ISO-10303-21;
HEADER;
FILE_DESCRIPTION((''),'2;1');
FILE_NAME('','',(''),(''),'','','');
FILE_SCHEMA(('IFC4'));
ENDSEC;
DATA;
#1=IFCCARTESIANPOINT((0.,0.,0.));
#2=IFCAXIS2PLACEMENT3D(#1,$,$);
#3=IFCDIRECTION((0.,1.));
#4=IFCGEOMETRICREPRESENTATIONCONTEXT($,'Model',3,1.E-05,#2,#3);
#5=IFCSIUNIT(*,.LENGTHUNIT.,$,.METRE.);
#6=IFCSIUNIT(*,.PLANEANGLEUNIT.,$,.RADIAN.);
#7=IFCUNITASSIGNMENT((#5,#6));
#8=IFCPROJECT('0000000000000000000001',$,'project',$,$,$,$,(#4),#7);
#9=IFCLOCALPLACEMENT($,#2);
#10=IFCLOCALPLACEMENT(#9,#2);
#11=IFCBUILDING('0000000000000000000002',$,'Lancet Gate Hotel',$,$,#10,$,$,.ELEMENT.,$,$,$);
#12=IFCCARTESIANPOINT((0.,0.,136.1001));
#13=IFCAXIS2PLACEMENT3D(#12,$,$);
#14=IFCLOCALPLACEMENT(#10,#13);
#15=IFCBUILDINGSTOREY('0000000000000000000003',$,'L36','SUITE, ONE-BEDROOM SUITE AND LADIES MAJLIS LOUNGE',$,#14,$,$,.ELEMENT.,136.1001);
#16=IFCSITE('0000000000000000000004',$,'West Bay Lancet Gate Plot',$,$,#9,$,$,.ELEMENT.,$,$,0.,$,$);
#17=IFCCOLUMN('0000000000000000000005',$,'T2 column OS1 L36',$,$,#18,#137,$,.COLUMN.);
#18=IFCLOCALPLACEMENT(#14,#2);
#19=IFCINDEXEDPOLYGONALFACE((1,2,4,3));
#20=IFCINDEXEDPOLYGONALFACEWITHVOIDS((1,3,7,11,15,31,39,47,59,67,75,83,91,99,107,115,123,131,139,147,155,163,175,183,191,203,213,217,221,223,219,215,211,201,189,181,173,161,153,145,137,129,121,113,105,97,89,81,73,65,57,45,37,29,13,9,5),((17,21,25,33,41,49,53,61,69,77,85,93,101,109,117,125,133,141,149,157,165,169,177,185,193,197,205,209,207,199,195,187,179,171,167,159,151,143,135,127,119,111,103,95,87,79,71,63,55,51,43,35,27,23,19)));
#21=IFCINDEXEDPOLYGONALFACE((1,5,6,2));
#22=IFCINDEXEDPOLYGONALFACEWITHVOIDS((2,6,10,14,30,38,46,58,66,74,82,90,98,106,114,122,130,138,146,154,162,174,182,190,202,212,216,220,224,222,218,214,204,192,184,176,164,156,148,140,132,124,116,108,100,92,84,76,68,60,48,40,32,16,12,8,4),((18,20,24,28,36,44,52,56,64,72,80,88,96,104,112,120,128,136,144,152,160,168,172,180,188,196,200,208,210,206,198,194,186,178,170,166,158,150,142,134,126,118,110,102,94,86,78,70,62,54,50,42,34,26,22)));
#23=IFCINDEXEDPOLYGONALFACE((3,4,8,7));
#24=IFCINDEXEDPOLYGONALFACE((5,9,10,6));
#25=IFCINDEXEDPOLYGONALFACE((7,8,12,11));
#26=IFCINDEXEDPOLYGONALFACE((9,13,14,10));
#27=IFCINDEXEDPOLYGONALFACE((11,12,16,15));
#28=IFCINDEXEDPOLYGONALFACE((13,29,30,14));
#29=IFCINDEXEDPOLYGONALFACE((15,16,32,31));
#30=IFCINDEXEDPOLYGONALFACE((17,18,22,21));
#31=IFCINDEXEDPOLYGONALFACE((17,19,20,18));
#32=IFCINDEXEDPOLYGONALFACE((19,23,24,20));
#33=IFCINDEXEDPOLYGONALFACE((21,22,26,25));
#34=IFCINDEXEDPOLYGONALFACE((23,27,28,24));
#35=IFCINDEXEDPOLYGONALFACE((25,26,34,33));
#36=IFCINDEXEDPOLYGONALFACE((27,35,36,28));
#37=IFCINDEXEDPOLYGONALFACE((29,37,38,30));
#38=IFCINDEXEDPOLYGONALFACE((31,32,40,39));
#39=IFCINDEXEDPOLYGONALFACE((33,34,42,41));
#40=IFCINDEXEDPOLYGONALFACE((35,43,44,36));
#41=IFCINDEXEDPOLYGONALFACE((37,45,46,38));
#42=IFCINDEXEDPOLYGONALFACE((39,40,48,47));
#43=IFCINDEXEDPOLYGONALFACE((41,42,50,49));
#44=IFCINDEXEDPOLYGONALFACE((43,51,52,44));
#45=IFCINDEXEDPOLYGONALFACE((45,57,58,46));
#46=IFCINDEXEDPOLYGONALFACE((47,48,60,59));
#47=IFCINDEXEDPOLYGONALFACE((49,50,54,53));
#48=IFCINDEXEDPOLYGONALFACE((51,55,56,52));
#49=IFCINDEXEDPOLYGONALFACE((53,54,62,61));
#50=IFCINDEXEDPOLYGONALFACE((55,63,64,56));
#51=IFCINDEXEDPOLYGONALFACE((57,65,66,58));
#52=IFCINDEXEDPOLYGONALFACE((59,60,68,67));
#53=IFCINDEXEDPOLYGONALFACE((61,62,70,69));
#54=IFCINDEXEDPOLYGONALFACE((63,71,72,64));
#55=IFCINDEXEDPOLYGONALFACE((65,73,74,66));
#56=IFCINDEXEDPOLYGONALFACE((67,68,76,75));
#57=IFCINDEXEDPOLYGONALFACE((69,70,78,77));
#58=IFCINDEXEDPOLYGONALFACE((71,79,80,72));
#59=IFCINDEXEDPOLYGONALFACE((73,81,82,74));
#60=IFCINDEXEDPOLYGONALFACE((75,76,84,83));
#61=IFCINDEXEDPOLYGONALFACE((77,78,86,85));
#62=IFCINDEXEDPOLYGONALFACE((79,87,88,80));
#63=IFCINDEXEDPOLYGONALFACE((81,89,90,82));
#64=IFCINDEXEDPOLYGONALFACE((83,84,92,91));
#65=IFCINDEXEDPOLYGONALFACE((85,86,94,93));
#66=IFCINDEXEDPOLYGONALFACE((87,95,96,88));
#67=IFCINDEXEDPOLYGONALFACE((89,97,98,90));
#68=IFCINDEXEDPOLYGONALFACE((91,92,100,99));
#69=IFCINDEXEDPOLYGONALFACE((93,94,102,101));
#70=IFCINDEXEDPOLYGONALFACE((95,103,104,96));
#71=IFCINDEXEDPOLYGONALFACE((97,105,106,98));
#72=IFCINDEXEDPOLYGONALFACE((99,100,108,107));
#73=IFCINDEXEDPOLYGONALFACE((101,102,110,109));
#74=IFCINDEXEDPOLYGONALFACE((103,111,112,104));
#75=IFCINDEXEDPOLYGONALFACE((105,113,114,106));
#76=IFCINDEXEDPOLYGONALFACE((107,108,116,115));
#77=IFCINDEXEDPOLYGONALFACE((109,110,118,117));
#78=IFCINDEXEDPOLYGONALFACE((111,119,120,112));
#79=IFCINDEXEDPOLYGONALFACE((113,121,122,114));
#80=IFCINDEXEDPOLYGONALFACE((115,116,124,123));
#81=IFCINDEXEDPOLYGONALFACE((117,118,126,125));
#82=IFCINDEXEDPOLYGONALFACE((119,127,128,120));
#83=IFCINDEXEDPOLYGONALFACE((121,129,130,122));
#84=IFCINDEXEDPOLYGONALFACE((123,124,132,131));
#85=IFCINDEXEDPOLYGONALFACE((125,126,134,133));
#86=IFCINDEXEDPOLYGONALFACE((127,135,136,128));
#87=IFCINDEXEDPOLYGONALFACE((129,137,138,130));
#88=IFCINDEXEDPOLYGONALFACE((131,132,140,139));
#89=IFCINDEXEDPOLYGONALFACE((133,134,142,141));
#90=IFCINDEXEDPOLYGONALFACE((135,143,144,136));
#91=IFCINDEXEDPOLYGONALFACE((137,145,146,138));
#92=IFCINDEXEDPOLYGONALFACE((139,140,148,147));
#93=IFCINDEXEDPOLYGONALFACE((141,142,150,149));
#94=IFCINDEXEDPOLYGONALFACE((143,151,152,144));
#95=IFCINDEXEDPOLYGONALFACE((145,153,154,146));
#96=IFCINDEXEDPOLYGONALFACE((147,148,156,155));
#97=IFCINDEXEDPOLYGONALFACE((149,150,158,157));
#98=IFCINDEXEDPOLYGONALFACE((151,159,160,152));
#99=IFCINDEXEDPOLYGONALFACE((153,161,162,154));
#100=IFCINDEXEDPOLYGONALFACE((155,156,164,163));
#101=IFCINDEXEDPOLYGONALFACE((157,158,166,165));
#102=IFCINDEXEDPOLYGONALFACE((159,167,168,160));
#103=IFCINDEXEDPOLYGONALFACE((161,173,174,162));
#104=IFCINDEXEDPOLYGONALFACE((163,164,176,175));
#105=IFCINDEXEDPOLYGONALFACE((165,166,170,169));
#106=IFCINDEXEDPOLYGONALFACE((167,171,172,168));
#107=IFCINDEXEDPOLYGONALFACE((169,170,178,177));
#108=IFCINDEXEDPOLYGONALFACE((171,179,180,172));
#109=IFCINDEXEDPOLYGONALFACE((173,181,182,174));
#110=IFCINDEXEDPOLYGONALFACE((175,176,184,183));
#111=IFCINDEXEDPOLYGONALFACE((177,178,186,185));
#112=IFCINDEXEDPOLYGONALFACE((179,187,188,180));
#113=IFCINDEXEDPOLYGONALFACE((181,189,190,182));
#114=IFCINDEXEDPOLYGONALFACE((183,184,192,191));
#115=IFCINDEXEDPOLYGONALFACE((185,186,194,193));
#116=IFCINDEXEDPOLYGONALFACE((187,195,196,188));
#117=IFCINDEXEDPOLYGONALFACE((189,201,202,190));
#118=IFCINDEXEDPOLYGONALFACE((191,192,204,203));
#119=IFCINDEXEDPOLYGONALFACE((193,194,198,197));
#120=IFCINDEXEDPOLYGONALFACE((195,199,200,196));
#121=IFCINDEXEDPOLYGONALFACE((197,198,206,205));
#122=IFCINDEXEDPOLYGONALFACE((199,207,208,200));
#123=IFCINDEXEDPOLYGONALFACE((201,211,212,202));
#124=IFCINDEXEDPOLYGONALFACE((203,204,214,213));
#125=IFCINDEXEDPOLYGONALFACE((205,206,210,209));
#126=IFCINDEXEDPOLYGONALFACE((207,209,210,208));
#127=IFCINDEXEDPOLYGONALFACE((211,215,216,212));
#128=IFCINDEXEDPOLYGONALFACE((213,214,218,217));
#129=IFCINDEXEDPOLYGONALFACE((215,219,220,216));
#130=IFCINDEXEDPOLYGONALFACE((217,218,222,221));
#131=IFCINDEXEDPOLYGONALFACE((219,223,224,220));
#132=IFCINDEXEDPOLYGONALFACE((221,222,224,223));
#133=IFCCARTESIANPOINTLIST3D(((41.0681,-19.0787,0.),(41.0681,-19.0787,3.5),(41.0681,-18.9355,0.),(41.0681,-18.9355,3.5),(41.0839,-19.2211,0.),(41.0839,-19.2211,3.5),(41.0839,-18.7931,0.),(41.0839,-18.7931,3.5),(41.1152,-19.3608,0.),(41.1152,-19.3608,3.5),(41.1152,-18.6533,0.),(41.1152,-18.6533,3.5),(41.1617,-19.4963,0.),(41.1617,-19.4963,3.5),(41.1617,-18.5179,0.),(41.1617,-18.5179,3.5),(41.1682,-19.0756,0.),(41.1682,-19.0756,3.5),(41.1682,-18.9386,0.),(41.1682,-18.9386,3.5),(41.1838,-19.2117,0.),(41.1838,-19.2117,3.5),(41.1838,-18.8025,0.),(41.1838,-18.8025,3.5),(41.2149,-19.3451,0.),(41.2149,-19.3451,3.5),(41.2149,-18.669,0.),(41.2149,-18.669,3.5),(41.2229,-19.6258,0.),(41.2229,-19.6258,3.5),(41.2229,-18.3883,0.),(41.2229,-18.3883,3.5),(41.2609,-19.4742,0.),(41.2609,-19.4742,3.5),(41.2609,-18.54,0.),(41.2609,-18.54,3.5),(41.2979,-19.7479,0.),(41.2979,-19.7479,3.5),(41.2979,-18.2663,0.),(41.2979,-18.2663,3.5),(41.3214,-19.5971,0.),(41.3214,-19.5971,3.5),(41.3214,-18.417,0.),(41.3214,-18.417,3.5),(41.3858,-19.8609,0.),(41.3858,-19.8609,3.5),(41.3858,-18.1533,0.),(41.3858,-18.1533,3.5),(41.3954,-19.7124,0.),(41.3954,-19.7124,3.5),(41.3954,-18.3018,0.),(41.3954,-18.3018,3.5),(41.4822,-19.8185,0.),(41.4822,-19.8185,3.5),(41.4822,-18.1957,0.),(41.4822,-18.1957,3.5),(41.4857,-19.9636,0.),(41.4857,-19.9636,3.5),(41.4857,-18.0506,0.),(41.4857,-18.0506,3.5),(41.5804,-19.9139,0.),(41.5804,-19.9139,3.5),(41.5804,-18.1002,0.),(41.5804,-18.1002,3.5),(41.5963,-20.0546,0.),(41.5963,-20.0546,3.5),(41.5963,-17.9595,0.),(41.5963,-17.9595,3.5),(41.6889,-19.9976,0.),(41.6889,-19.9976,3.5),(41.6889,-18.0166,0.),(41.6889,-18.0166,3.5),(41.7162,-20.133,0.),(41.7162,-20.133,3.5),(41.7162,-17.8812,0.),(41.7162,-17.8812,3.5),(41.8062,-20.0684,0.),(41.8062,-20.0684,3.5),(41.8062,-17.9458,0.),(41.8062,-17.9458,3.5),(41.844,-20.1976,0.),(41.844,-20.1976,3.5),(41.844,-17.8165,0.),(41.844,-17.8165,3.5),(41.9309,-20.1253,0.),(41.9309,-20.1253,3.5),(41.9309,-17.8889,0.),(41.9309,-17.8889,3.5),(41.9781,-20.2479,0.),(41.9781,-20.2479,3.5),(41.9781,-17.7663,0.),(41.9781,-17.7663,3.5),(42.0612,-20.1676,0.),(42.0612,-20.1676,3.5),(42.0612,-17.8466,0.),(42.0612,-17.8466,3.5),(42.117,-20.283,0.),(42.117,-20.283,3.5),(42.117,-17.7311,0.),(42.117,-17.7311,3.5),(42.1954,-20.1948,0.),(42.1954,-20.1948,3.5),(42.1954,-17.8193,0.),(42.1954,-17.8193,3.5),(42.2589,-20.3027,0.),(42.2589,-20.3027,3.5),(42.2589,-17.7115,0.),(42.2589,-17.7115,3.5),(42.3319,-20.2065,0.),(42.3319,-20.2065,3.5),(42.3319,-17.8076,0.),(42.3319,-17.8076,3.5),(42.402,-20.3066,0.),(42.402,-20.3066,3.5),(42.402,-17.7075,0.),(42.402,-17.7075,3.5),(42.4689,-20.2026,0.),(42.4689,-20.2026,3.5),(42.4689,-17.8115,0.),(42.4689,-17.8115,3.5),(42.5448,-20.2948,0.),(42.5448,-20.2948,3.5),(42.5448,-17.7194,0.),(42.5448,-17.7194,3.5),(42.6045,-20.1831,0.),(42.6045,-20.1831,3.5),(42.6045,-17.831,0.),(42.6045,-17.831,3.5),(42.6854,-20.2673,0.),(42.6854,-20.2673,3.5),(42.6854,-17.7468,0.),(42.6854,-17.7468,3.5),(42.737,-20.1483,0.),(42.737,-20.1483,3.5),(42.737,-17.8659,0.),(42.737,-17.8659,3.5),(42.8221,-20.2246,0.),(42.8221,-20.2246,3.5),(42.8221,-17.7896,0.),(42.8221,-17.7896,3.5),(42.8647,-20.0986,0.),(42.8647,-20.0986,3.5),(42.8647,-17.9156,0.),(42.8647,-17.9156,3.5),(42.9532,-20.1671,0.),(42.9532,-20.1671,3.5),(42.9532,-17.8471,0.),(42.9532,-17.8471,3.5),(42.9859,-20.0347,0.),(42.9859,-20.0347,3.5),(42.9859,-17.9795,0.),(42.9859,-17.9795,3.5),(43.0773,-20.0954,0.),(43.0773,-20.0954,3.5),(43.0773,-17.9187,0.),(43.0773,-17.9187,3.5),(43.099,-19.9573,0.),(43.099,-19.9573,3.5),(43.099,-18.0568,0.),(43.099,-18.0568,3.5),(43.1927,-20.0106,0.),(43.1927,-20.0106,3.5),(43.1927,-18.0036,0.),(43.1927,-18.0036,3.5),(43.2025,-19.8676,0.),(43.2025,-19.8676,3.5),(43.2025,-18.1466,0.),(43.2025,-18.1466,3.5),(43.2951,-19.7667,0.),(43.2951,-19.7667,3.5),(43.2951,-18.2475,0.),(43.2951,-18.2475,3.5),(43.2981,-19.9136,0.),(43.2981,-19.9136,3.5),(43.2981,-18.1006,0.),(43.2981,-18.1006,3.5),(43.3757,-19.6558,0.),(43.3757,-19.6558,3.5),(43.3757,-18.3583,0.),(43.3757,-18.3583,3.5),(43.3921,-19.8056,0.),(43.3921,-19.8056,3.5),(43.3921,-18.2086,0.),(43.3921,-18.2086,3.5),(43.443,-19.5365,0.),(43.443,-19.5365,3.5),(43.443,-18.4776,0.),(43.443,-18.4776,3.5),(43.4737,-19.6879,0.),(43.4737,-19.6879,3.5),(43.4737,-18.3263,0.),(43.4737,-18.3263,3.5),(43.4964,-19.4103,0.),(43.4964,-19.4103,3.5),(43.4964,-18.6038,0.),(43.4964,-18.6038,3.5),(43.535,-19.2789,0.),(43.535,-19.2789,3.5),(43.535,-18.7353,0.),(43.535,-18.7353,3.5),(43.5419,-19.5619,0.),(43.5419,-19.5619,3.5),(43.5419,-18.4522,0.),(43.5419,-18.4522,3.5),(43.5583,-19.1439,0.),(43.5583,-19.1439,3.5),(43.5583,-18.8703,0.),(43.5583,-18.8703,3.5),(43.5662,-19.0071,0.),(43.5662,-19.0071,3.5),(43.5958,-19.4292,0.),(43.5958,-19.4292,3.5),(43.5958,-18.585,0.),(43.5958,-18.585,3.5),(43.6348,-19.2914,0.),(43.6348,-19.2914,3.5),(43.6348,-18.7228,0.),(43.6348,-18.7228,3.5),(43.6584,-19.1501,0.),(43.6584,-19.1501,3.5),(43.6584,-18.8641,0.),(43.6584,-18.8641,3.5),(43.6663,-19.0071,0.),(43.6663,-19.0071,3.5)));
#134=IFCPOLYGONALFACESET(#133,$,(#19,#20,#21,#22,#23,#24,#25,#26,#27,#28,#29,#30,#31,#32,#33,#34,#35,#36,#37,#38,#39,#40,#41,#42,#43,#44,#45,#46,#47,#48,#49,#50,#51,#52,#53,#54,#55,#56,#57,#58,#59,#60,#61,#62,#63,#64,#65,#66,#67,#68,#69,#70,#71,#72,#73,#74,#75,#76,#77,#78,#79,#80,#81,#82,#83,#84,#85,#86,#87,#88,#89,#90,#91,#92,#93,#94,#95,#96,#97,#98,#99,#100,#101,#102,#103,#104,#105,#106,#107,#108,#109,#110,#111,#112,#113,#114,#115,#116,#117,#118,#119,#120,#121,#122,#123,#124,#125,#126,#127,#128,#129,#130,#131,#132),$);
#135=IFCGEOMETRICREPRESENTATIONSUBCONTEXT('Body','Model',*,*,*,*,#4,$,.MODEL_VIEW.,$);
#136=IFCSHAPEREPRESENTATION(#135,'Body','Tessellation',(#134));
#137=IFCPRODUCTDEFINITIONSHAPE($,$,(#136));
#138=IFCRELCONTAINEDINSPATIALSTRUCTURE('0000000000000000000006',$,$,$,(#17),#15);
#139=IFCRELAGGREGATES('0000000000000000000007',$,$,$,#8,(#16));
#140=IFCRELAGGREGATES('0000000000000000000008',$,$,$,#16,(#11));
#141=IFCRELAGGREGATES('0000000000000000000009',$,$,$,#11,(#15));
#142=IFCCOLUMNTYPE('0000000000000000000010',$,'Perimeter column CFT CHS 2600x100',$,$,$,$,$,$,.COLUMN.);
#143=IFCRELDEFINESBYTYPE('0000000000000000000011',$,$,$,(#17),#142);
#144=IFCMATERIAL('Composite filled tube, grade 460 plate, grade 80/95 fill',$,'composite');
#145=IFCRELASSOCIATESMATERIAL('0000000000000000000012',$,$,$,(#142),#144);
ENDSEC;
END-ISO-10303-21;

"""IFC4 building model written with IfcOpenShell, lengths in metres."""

from ifc_helpers import new_model, si_unit, direction, frame, origin, origin_2d, place, context, subcontext, project, spatial, hollow_circle, extrude, material, material_profile, profile_set, type_object, element, save


model = new_model("IFC4")

# Units and contexts
model_context = context("Model", 3, precision=1e-05, world=origin(), true_north=direction((0.0, 1.0)))
body_context = subcontext(model_context, "Body", "Model", "MODEL_VIEW")
ifc_project = project(units=[si_unit("LENGTHUNIT", "METRE"), si_unit("PLANEANGLEUNIT", "RADIAN")], contexts=[model_context])

# Site, building, storey
site_placement = place(None, origin())
site = spatial("IfcSite", under=ifc_project, at=site_placement, Name="West Bay Lancet Gate Plot", CompositionType="ELEMENT", RefElevation=0.0)
building_placement = place(site_placement, origin())
building = spatial("IfcBuilding", under=site, at=building_placement, Name="Lancet Gate Hotel", CompositionType="ELEMENT")
storey_placement = place(building_placement, frame((0.0, 0.0, 136.1001)))
storey = spatial("IfcBuildingStorey", under=building, at=storey_placement, Name="L36", Description="SUITE, ONE-BEDROOM SUITE AND LADIES MAJLIS LOUNGE", CompositionType="ELEMENT", Elevation=136.1001)

# Column
ifc_material_1 = material(Name="Composite filled tube, grade 460 plate, grade 80/95 fill", Category="composite")
ifc_material_profile_1 = material_profile(ifc_material_1, hollow_circle(Radius=1.3, WallThickness=0.1001, at=origin_2d()), Name="CHS 2600x100")
ifc_profile_set_1 = profile_set([ifc_material_profile_1], Name="Composite filled tube, grade 460 plate, grade 80/95 fill")
column_type = type_object("IfcColumnType", Name="Perimeter column CFT CHS 2600x100", PredefinedType="COLUMN", material=ifc_profile_set_1)
for number, where, z_axis, x_axis, name in (
    (1, (42.3662, -19.0071, 0.0), (0.0, 0.0, 1.0), (1.0, 0.0, 0.0), "T2 column OS1 L36"),
):
    element("IfcColumn", number, at=place(storey_placement, frame(where, z_axis=z_axis, x_axis=x_axis)), inside=storey, type_object=column_type, Name=name, PredefinedType="COLUMN", context=body_context, shape_type="SweptSolid", body=[
        extrude(hollow_circle(Radius=1.3, WallThickness=0.1001, at=origin_2d()), origin(), (0.0, 0.0, 1.0), 3.5),
    ])

save(model, "model.ifc")
